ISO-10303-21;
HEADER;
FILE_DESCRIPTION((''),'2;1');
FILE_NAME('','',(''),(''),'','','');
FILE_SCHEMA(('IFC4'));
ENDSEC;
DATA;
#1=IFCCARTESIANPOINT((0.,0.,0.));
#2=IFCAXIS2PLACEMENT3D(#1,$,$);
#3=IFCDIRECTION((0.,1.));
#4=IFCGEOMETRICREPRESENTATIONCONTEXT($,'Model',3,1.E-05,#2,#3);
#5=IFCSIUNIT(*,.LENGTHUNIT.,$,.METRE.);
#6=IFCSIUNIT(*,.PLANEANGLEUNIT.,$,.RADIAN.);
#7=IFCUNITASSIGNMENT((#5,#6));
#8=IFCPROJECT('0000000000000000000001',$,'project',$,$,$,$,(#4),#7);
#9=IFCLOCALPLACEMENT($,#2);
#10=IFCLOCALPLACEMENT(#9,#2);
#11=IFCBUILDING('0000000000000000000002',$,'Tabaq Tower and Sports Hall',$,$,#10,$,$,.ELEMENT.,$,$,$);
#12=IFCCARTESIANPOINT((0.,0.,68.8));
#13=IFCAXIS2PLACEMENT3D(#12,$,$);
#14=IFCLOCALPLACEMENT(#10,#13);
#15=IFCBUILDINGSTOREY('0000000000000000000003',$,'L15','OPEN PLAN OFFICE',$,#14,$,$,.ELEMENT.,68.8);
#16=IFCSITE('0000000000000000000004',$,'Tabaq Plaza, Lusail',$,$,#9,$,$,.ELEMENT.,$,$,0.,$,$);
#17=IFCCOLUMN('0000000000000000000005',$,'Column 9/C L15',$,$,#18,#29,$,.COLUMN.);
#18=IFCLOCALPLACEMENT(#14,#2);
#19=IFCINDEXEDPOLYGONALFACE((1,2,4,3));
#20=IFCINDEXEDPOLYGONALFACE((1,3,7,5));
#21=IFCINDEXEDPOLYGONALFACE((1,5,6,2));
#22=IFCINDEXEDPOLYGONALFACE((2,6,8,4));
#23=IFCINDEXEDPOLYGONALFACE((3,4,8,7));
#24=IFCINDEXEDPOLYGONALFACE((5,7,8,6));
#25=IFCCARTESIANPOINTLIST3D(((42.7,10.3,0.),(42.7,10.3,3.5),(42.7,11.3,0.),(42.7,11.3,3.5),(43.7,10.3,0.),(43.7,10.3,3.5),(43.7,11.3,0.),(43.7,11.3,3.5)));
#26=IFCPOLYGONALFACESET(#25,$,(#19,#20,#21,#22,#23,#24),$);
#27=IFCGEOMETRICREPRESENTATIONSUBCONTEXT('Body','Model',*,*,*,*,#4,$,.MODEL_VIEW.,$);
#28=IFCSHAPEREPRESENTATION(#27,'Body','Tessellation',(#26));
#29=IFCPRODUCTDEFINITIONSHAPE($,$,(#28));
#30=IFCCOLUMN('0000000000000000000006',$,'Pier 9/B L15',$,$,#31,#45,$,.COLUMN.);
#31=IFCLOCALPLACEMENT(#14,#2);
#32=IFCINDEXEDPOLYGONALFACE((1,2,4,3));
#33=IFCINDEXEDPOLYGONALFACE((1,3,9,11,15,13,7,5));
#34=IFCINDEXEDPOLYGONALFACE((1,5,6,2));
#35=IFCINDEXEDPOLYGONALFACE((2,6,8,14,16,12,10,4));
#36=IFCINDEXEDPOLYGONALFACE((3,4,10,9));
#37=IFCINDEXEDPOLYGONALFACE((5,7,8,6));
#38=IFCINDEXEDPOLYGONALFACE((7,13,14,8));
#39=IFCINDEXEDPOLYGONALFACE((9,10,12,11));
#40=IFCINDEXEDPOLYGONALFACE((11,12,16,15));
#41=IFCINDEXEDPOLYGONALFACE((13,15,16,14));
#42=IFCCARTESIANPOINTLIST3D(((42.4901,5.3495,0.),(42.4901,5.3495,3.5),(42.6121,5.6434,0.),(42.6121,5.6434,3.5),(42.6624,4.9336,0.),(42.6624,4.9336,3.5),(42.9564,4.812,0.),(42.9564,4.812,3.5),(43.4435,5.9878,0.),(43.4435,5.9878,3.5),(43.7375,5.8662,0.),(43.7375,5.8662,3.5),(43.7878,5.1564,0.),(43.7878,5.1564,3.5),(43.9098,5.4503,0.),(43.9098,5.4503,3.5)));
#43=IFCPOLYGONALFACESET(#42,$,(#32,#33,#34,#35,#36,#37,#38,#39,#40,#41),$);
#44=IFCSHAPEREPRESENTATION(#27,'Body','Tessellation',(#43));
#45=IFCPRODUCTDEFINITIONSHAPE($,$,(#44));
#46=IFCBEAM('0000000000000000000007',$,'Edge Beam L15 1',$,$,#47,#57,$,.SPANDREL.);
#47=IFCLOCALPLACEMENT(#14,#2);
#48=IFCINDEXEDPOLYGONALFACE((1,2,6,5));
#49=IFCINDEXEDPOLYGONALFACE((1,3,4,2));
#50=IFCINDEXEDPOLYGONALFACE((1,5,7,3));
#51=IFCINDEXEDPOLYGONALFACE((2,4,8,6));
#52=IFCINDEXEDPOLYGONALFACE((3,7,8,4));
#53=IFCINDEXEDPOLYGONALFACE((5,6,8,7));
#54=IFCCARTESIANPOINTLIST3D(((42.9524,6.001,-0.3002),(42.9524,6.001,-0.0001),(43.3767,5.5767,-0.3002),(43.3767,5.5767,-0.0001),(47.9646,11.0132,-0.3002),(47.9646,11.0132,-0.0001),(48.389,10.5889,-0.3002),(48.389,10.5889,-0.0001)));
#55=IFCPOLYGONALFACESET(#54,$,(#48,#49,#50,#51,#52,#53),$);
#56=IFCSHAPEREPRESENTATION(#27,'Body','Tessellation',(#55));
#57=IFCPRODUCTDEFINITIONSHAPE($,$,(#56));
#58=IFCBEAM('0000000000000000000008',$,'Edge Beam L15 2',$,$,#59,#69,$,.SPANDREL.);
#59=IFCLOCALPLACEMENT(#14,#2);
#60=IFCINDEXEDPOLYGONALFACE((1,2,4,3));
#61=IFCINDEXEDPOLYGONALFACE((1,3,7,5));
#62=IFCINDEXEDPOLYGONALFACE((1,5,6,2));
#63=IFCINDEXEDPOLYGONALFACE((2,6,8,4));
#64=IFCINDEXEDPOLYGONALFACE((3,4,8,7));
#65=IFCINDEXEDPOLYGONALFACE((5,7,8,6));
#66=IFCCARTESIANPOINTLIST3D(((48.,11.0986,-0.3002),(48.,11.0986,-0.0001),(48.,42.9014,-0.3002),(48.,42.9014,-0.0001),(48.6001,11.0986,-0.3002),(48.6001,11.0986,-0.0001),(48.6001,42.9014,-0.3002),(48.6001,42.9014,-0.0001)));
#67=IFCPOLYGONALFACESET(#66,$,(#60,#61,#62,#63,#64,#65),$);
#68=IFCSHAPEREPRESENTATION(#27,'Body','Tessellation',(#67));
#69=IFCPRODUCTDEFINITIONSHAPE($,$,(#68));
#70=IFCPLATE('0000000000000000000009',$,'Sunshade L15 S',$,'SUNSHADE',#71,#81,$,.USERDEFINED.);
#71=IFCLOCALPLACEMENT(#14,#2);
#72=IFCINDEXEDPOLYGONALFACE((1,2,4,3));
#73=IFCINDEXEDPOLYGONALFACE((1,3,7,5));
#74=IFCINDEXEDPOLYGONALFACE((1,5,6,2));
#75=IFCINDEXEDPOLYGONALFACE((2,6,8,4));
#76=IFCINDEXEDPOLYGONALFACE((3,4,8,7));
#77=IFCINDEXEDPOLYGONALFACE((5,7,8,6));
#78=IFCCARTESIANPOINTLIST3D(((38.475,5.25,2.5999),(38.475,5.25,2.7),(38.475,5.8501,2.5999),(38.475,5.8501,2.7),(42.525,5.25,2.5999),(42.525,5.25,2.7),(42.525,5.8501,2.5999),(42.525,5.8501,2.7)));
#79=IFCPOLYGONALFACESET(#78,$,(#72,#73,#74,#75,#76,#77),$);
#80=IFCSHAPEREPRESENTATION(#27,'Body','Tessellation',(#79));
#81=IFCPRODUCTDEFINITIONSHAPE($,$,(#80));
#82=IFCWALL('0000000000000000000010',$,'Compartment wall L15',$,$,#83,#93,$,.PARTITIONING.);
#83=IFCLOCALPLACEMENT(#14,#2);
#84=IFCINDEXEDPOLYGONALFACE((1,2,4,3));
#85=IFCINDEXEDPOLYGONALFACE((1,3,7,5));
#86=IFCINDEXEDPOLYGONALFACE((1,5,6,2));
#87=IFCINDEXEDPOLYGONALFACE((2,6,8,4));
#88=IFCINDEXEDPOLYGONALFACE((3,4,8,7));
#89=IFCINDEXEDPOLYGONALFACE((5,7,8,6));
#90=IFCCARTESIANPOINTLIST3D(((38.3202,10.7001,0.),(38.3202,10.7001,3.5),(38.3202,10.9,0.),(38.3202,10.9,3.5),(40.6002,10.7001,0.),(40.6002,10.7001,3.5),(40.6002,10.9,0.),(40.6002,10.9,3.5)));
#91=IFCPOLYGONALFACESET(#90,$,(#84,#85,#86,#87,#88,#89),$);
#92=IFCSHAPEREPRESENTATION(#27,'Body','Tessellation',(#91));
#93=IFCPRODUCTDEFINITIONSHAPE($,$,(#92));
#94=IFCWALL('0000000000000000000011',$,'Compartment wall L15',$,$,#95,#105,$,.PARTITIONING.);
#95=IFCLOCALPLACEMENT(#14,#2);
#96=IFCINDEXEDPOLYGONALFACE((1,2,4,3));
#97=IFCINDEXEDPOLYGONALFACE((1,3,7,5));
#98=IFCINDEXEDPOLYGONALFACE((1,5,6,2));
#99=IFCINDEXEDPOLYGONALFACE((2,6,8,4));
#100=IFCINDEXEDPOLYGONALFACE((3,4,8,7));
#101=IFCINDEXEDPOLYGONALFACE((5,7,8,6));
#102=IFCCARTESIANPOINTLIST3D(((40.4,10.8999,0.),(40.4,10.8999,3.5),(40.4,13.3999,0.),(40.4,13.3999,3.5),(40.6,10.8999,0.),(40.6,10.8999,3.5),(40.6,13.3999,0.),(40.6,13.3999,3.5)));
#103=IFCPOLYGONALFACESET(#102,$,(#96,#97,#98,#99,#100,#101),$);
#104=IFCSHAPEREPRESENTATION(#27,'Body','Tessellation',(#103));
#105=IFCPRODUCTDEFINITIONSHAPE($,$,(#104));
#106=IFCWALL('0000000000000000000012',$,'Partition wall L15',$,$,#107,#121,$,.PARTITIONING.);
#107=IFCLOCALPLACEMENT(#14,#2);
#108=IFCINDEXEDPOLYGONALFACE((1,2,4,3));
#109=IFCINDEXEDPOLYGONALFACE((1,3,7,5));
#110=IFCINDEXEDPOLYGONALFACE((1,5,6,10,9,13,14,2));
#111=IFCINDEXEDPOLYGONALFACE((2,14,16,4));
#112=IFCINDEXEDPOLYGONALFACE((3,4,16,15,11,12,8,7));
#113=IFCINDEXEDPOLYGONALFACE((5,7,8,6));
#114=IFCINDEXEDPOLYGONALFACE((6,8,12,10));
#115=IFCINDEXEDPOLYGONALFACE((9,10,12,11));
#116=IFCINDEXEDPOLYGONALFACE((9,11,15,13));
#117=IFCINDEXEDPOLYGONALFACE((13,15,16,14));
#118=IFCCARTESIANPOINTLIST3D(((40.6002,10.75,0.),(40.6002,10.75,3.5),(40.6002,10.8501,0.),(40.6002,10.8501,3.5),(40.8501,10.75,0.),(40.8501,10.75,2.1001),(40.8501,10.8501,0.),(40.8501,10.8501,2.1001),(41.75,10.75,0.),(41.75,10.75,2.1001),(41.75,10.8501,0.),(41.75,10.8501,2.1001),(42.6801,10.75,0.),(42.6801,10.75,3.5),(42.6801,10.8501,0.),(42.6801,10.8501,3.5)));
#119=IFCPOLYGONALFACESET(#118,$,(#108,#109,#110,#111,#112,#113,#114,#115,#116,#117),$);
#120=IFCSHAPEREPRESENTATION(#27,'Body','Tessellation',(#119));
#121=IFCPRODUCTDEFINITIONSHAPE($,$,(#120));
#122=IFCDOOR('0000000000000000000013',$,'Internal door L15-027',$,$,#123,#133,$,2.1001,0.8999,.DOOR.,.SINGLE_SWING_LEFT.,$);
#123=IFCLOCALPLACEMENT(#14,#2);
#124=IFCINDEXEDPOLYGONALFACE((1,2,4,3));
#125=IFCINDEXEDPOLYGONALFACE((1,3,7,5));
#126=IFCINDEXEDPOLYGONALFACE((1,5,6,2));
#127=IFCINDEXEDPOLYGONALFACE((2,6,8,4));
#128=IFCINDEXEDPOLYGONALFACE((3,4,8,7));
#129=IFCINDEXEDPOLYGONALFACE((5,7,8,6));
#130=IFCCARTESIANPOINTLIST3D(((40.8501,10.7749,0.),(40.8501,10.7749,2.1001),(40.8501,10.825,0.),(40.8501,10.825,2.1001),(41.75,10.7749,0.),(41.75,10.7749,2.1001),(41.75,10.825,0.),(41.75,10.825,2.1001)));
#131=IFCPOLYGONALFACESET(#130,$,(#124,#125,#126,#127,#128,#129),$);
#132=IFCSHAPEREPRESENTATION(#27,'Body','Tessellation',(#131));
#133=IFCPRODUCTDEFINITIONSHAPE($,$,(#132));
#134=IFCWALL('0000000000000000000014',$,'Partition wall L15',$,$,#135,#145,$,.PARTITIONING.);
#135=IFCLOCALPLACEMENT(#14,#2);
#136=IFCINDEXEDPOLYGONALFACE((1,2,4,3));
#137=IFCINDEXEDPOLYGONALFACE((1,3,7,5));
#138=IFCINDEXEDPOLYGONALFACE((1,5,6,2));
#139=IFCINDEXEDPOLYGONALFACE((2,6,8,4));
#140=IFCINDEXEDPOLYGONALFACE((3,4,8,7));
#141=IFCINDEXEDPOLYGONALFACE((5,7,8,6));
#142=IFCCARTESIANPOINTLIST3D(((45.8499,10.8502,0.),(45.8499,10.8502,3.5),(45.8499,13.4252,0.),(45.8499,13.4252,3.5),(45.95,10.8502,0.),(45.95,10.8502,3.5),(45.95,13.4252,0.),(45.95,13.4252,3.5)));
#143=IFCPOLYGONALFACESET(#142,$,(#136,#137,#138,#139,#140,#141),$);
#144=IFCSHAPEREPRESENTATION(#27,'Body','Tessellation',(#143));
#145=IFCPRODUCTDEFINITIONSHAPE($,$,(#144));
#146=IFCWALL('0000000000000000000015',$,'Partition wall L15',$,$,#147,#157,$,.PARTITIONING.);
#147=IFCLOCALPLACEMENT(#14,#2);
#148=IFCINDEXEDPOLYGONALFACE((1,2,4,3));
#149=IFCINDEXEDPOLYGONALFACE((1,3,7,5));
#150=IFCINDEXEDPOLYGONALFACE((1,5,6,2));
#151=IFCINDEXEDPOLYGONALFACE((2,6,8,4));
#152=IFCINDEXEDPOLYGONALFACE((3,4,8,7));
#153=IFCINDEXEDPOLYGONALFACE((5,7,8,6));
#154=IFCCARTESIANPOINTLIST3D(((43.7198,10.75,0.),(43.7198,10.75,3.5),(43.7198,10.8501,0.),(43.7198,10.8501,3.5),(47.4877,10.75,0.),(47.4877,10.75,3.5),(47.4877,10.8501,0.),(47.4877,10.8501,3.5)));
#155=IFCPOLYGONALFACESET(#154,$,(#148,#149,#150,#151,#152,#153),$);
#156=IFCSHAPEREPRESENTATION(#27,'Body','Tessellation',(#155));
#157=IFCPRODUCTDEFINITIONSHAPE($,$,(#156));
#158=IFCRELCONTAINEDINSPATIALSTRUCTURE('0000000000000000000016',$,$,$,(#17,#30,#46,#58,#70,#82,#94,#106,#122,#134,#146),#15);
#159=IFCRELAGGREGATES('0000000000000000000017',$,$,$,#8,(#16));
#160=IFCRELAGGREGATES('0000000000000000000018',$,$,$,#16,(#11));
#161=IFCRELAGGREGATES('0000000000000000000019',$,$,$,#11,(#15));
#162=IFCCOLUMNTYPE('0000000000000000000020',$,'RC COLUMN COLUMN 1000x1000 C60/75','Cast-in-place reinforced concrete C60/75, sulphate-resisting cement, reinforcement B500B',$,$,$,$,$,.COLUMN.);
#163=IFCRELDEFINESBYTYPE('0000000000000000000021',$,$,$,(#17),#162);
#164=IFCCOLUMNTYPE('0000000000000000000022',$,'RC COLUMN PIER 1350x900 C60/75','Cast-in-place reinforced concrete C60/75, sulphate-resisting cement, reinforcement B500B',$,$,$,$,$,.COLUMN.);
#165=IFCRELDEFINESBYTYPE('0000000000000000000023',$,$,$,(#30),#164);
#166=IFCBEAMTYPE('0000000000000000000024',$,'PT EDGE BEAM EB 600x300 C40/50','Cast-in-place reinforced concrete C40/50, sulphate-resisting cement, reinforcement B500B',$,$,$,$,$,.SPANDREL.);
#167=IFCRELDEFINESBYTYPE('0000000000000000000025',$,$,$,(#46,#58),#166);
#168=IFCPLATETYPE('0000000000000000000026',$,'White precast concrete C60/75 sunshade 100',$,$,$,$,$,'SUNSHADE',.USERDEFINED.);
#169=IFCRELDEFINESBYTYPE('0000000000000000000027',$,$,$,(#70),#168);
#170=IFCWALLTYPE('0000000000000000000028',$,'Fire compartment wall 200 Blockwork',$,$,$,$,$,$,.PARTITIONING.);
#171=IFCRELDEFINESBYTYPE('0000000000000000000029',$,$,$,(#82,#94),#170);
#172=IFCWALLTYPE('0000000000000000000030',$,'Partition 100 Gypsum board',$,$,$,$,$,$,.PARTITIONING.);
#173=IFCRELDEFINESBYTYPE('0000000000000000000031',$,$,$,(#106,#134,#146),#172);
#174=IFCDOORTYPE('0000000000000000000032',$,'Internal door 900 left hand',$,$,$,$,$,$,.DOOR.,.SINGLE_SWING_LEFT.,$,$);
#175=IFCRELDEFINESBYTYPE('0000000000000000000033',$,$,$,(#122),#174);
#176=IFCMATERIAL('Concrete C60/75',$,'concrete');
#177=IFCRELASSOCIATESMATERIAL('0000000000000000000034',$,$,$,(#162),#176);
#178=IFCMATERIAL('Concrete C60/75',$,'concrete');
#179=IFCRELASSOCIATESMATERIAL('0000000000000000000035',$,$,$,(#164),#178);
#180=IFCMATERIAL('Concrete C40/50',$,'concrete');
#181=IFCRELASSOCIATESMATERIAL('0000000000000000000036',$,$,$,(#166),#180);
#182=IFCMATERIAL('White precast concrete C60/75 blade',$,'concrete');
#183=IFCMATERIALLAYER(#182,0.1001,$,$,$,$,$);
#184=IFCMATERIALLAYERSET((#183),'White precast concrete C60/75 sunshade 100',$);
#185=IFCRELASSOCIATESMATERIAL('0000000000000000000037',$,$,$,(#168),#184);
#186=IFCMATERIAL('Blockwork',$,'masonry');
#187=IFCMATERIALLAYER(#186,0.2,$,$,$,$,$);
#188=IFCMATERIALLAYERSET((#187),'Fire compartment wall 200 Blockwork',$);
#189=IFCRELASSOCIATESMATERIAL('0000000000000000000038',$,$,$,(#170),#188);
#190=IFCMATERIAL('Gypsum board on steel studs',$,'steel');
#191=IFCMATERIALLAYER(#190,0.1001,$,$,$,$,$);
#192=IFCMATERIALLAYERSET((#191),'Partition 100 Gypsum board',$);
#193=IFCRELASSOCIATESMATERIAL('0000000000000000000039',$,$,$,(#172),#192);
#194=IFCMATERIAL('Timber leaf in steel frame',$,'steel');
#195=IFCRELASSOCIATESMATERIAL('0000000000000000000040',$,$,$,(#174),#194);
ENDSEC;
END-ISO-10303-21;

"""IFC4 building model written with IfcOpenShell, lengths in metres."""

from ifc_helpers import new_model, si_unit, direction, frame, frame_2d, origin, origin_2d, place, context, subcontext, project, spatial, polyline, rectangle, outline, extrude, material, layer, layer_set, material_profile, profile_set, type_object, element, fill, save


model = new_model("IFC4")

# Units and contexts
model_context = context("Model", 3, precision=1e-05, world=origin(), true_north=direction((0.0, 1.0)))
body_context = subcontext(model_context, "Body", "Model", "MODEL_VIEW")
ifc_project = project(units=[si_unit("LENGTHUNIT", "METRE"), si_unit("PLANEANGLEUNIT", "RADIAN")], contexts=[model_context])

# Site, building, storey
site_placement = place(None, origin())
site = spatial("IfcSite", under=ifc_project, at=site_placement, Name="Tabaq Plaza, Lusail", CompositionType="ELEMENT", RefElevation=0.0)
building_placement = place(site_placement, origin())
building = spatial("IfcBuilding", under=site, at=building_placement, Name="Tabaq Tower and Sports Hall", CompositionType="ELEMENT")
storey_placement = place(building_placement, frame((0.0, 0.0, 68.8)))
storey = spatial("IfcBuildingStorey", under=building, at=storey_placement, Name="L15", Description="OPEN PLAN OFFICE", CompositionType="ELEMENT", Elevation=68.8)

# Columns
ifc_material_1 = material(Name="Concrete C60/75", Category="concrete")
ifc_material_profile_1 = material_profile(ifc_material_1, rectangle(XDim=1.0, YDim=1.0, at=origin_2d()), Name="COLUMN 1000x1000")
ifc_profile_set_1 = profile_set([ifc_material_profile_1], Name="Concrete C60/75")
column_type_1 = type_object("IfcColumnType", Name="RC COLUMN COLUMN 1000x1000 C60/75", Description="Cast-in-place reinforced concrete C60/75, sulphate-resisting cement, reinforcement B500B", PredefinedType="COLUMN", material=ifc_profile_set_1)
column_1_placement = place(storey_placement, frame((43.2, 10.8, 0.0), z_axis=(0.0, 0.0, 1.0), x_axis=(1.0, 0.0, 0.0)))
element("IfcColumn", 1, at=column_1_placement, inside=storey, type_object=column_type_1, Name="Column 9/C L15", PredefinedType="COLUMN", context=body_context, shape_type="SweptSolid", body=[
    extrude(rectangle(XDim=1.0, YDim=1.0, at=origin_2d()), origin(), (0.0, 0.0, 1.0), 3.5),
])
ifc_material_2 = material(Name="Concrete C60/75", Category="concrete")
ifc_material_profile_2 = material_profile(ifc_material_2, outline(polyline([(-0.45, -0.45), (0.45, -0.45), (0.675, -0.2251), (0.675, 0.2251), (0.45, 0.45), (-0.45, 0.45), (-0.675, 0.2251), (-0.675, -0.2251), (-0.45, -0.45)])), Name="PIER 1350x900")
ifc_profile_set_2 = profile_set([ifc_material_profile_2], Name="Concrete C60/75")
column_type_2 = type_object("IfcColumnType", Name="RC COLUMN PIER 1350x900 C60/75", Description="Cast-in-place reinforced concrete C60/75, sulphate-resisting cement, reinforcement B500B", PredefinedType="COLUMN", material=ifc_profile_set_2)
column_2_placement = place(storey_placement, frame((43.2, 5.3999, 0.0), z_axis=(0.0, 0.0, 1.0), x_axis=(0.92388, 0.382683, 0.0)))
element("IfcColumn", 2, at=column_2_placement, inside=storey, type_object=column_type_2, Name="Pier 9/B L15", PredefinedType="COLUMN", context=body_context, shape_type="SweptSolid", body=[
    extrude(outline(polyline([(-0.45, -0.45), (0.45, -0.45), (0.675, -0.2251), (0.675, 0.2251), (0.45, 0.45), (-0.45, 0.45), (-0.675, 0.2251), (-0.675, -0.2251), (-0.45, -0.45)])), origin(), (0.0, 0.0, 1.0), 3.5),
])

# Beams
ifc_material_3 = material(Name="Concrete C40/50", Category="concrete")
ifc_material_profile_3 = material_profile(ifc_material_3, rectangle(XDim=0.6001, YDim=0.3, at=origin_2d()), Name="EB 600x300")
ifc_profile_set_3 = profile_set([ifc_material_profile_3], Name="Concrete C40/50")
beam_type = type_object("IfcBeamType", Name="PT EDGE BEAM EB 600x300 C40/50", Description="Cast-in-place reinforced concrete C40/50, sulphate-resisting cement, reinforcement B500B", PredefinedType="SPANDREL", material=ifc_profile_set_3)
beam_1_placement = place(storey_placement, frame((43.1646, 5.7888, -0.1501), z_axis=(0.707107, 0.707107, 0.0), x_axis=(-0.707107, 0.707107, 0.0)))
element("IfcBeam", 3, at=beam_1_placement, inside=storey, type_object=beam_type, Name="Edge Beam L15 1", PredefinedType="SPANDREL", context=body_context, shape_type="SweptSolid", body=[
    extrude(rectangle(XDim=0.6001, YDim=0.3, at=origin_2d()), origin(), (0.0, 0.0, 1.0), 7.0884),
])
beam_2_placement = place(storey_placement, frame((48.3, 11.0986, -0.1501), z_axis=(0.0, 1.0, 0.0), x_axis=(-1.0, 0.0, 0.0)))
element("IfcBeam", 4, at=beam_2_placement, inside=storey, type_object=beam_type, Name="Edge Beam L15 2", PredefinedType="SPANDREL", context=body_context, shape_type="SweptSolid", body=[
    extrude(rectangle(XDim=0.6001, YDim=0.3, at=origin_2d()), origin(), (0.0, 0.0, 1.0), 31.8027),
])

# Plate
ifc_material_4 = material(Name="White precast concrete C60/75 blade", Category="concrete")
ifc_layer_1 = layer(ifc_material_4, 0.1001)
ifc_layer_set_1 = layer_set([ifc_layer_1], Name="White precast concrete C60/75 sunshade 100")
plate_type = type_object("IfcPlateType", Name="White precast concrete C60/75 sunshade 100", ElementType="SUNSHADE", PredefinedType="USERDEFINED", material=ifc_layer_set_1)
plate_placement = place(storey_placement, frame((40.5, 5.55, 2.5999), z_axis=(0.0, 0.0, 1.0), x_axis=(1.0, 0.0, 0.0)))
element("IfcPlate", 5, at=plate_placement, inside=storey, type_object=plate_type, Name="Sunshade L15 S", ObjectType="SUNSHADE", PredefinedType="USERDEFINED", context=body_context, shape_type="SweptSolid", body=[
    extrude(rectangle(XDim=4.05, YDim=0.6001, at=origin_2d()), origin(), (0.0, 0.0, 1.0), 0.1001),
])

# Shared definitions
ifc_material_5 = material(Name="Blockwork", Category="masonry")
ifc_layer_2 = layer(ifc_material_5, 0.2)
ifc_layer_set_2 = layer_set([ifc_layer_2], Name="Fire compartment wall 200 Blockwork")
wall_type_1 = type_object("IfcWallType", Name="Fire compartment wall 200 Blockwork", PredefinedType="PARTITIONING", material=ifc_layer_set_2)

# Walls
wall_1_placement = place(storey_placement, frame((38.3201, 10.8, 0.0), z_axis=(0.0, 0.0, 1.0), x_axis=(1.0, 0.0, 0.0)))
element("IfcWall", 6, at=wall_1_placement, inside=storey, type_object=wall_type_1, Name="Compartment wall L15", PredefinedType="PARTITIONING", context=body_context, shape_type="SweptSolid", body=[
    extrude(rectangle(XDim=2.28, YDim=0.2, at=frame_2d((1.1401, 0.0))), origin(), (0.0, 0.0, 1.0), 3.5),
])
wall_2_placement = place(storey_placement, frame((40.5, 10.8999, 0.0), z_axis=(0.0, 0.0, 1.0), x_axis=(0.0, 1.0, 0.0)))
element("IfcWall", 7, at=wall_2_placement, inside=storey, type_object=wall_type_1, Name="Compartment wall L15", PredefinedType="PARTITIONING", context=body_context, shape_type="SweptSolid", body=[
    extrude(rectangle(XDim=2.5, YDim=0.2, at=frame_2d((1.25, 0.0))), origin(), (0.0, 0.0, 1.0), 3.5),
])

# Wall, opening, door
ifc_material_6 = material(Name="Gypsum board on steel studs", Category="steel")
ifc_layer_3 = layer(ifc_material_6, 0.1001)
ifc_layer_set_3 = layer_set([ifc_layer_3], Name="Partition 100 Gypsum board")
wall_type_2 = type_object("IfcWallType", Name="Partition 100 Gypsum board", PredefinedType="PARTITIONING", material=ifc_layer_set_3)
wall_3_placement = place(storey_placement, frame((40.6001, 10.8, 0.0), z_axis=(0.0, 0.0, 1.0), x_axis=(1.0, 0.0, 0.0)))
wall_3 = element("IfcWall", 8, at=wall_3_placement, inside=storey, type_object=wall_type_2, Name="Partition wall L15", PredefinedType="PARTITIONING", context=body_context, shape_type="SweptSolid", body=[
    extrude(rectangle(XDim=2.0798, YDim=0.1001, at=frame_2d((1.04, 0.0))), origin(), (0.0, 0.0, 1.0), 3.5),
])
opening_1_placement = place(wall_3_placement, frame((0.25, 0.0, 0.0)))
opening_1 = element("IfcOpeningElement", 9, at=opening_1_placement, cuts=wall_3, PredefinedType="OPENING", context=body_context, shape_type="SweptSolid", body=[
    extrude(rectangle(XDim=0.8999, YDim=2.1001, at=frame_2d((0.45, 1.05))), frame((0.0, 0.05, 0.0), z_axis=(0.0, -1.0, 0.0), x_axis=(1.0, 0.0, 0.0)), (0.0, 0.0, 1.0), 0.1001),
])
ifc_material_7 = material(Name="Timber leaf in steel frame", Category="steel")
door_type_1 = type_object("IfcDoorType", Name="Internal door 900 left hand", OperationType="SINGLE_SWING_LEFT", PredefinedType="DOOR", material=ifc_material_7)
door_1_placement = place(opening_1_placement, origin())
door_1 = element("IfcDoor", 10, at=door_1_placement, inside=storey, type_object=door_type_1, Name="Internal door L15-027", OperationType="SINGLE_SWING_LEFT", OverallHeight=2.1001, OverallWidth=0.8999, PredefinedType="DOOR", context=body_context, shape_type="SweptSolid", body=[
    extrude(rectangle(XDim=0.8999, YDim=2.1001, at=frame_2d((0.45, 1.05))), frame((0.0, 0.0249, 0.0), z_axis=(0.0, -1.0, 0.0), x_axis=(1.0, 0.0, 0.0)), (0.0, 0.0, 1.0), 0.05),
])
fill(opening_1, door_1)

# Walls
wall_4_placement = place(storey_placement, frame((45.8999, 10.8501, 0.0), z_axis=(0.0, 0.0, 1.0), x_axis=(0.0, 1.0, 0.0)))
element("IfcWall", 11, at=wall_4_placement, inside=storey, type_object=wall_type_2, Name="Partition wall L15", PredefinedType="PARTITIONING", context=body_context, shape_type="SweptSolid", body=[
    extrude(rectangle(XDim=2.575, YDim=0.1001, at=frame_2d((1.2876, 0.0))), origin(), (0.0, 0.0, 1.0), 3.5),
])
wall_5_placement = place(storey_placement, frame((43.72, 10.8, 0.0), z_axis=(0.0, 0.0, 1.0), x_axis=(1.0, 0.0, 0.0)))
element("IfcWall", 12, at=wall_5_placement, inside=storey, type_object=wall_type_2, Name="Partition wall L15", PredefinedType="PARTITIONING", context=body_context, shape_type="SweptSolid", body=[
    extrude(rectangle(XDim=3.7678, YDim=0.1001, at=frame_2d((1.8838, 0.0))), origin(), (0.0, 0.0, 1.0), 3.5),
])

save(model, "model.ifc")
